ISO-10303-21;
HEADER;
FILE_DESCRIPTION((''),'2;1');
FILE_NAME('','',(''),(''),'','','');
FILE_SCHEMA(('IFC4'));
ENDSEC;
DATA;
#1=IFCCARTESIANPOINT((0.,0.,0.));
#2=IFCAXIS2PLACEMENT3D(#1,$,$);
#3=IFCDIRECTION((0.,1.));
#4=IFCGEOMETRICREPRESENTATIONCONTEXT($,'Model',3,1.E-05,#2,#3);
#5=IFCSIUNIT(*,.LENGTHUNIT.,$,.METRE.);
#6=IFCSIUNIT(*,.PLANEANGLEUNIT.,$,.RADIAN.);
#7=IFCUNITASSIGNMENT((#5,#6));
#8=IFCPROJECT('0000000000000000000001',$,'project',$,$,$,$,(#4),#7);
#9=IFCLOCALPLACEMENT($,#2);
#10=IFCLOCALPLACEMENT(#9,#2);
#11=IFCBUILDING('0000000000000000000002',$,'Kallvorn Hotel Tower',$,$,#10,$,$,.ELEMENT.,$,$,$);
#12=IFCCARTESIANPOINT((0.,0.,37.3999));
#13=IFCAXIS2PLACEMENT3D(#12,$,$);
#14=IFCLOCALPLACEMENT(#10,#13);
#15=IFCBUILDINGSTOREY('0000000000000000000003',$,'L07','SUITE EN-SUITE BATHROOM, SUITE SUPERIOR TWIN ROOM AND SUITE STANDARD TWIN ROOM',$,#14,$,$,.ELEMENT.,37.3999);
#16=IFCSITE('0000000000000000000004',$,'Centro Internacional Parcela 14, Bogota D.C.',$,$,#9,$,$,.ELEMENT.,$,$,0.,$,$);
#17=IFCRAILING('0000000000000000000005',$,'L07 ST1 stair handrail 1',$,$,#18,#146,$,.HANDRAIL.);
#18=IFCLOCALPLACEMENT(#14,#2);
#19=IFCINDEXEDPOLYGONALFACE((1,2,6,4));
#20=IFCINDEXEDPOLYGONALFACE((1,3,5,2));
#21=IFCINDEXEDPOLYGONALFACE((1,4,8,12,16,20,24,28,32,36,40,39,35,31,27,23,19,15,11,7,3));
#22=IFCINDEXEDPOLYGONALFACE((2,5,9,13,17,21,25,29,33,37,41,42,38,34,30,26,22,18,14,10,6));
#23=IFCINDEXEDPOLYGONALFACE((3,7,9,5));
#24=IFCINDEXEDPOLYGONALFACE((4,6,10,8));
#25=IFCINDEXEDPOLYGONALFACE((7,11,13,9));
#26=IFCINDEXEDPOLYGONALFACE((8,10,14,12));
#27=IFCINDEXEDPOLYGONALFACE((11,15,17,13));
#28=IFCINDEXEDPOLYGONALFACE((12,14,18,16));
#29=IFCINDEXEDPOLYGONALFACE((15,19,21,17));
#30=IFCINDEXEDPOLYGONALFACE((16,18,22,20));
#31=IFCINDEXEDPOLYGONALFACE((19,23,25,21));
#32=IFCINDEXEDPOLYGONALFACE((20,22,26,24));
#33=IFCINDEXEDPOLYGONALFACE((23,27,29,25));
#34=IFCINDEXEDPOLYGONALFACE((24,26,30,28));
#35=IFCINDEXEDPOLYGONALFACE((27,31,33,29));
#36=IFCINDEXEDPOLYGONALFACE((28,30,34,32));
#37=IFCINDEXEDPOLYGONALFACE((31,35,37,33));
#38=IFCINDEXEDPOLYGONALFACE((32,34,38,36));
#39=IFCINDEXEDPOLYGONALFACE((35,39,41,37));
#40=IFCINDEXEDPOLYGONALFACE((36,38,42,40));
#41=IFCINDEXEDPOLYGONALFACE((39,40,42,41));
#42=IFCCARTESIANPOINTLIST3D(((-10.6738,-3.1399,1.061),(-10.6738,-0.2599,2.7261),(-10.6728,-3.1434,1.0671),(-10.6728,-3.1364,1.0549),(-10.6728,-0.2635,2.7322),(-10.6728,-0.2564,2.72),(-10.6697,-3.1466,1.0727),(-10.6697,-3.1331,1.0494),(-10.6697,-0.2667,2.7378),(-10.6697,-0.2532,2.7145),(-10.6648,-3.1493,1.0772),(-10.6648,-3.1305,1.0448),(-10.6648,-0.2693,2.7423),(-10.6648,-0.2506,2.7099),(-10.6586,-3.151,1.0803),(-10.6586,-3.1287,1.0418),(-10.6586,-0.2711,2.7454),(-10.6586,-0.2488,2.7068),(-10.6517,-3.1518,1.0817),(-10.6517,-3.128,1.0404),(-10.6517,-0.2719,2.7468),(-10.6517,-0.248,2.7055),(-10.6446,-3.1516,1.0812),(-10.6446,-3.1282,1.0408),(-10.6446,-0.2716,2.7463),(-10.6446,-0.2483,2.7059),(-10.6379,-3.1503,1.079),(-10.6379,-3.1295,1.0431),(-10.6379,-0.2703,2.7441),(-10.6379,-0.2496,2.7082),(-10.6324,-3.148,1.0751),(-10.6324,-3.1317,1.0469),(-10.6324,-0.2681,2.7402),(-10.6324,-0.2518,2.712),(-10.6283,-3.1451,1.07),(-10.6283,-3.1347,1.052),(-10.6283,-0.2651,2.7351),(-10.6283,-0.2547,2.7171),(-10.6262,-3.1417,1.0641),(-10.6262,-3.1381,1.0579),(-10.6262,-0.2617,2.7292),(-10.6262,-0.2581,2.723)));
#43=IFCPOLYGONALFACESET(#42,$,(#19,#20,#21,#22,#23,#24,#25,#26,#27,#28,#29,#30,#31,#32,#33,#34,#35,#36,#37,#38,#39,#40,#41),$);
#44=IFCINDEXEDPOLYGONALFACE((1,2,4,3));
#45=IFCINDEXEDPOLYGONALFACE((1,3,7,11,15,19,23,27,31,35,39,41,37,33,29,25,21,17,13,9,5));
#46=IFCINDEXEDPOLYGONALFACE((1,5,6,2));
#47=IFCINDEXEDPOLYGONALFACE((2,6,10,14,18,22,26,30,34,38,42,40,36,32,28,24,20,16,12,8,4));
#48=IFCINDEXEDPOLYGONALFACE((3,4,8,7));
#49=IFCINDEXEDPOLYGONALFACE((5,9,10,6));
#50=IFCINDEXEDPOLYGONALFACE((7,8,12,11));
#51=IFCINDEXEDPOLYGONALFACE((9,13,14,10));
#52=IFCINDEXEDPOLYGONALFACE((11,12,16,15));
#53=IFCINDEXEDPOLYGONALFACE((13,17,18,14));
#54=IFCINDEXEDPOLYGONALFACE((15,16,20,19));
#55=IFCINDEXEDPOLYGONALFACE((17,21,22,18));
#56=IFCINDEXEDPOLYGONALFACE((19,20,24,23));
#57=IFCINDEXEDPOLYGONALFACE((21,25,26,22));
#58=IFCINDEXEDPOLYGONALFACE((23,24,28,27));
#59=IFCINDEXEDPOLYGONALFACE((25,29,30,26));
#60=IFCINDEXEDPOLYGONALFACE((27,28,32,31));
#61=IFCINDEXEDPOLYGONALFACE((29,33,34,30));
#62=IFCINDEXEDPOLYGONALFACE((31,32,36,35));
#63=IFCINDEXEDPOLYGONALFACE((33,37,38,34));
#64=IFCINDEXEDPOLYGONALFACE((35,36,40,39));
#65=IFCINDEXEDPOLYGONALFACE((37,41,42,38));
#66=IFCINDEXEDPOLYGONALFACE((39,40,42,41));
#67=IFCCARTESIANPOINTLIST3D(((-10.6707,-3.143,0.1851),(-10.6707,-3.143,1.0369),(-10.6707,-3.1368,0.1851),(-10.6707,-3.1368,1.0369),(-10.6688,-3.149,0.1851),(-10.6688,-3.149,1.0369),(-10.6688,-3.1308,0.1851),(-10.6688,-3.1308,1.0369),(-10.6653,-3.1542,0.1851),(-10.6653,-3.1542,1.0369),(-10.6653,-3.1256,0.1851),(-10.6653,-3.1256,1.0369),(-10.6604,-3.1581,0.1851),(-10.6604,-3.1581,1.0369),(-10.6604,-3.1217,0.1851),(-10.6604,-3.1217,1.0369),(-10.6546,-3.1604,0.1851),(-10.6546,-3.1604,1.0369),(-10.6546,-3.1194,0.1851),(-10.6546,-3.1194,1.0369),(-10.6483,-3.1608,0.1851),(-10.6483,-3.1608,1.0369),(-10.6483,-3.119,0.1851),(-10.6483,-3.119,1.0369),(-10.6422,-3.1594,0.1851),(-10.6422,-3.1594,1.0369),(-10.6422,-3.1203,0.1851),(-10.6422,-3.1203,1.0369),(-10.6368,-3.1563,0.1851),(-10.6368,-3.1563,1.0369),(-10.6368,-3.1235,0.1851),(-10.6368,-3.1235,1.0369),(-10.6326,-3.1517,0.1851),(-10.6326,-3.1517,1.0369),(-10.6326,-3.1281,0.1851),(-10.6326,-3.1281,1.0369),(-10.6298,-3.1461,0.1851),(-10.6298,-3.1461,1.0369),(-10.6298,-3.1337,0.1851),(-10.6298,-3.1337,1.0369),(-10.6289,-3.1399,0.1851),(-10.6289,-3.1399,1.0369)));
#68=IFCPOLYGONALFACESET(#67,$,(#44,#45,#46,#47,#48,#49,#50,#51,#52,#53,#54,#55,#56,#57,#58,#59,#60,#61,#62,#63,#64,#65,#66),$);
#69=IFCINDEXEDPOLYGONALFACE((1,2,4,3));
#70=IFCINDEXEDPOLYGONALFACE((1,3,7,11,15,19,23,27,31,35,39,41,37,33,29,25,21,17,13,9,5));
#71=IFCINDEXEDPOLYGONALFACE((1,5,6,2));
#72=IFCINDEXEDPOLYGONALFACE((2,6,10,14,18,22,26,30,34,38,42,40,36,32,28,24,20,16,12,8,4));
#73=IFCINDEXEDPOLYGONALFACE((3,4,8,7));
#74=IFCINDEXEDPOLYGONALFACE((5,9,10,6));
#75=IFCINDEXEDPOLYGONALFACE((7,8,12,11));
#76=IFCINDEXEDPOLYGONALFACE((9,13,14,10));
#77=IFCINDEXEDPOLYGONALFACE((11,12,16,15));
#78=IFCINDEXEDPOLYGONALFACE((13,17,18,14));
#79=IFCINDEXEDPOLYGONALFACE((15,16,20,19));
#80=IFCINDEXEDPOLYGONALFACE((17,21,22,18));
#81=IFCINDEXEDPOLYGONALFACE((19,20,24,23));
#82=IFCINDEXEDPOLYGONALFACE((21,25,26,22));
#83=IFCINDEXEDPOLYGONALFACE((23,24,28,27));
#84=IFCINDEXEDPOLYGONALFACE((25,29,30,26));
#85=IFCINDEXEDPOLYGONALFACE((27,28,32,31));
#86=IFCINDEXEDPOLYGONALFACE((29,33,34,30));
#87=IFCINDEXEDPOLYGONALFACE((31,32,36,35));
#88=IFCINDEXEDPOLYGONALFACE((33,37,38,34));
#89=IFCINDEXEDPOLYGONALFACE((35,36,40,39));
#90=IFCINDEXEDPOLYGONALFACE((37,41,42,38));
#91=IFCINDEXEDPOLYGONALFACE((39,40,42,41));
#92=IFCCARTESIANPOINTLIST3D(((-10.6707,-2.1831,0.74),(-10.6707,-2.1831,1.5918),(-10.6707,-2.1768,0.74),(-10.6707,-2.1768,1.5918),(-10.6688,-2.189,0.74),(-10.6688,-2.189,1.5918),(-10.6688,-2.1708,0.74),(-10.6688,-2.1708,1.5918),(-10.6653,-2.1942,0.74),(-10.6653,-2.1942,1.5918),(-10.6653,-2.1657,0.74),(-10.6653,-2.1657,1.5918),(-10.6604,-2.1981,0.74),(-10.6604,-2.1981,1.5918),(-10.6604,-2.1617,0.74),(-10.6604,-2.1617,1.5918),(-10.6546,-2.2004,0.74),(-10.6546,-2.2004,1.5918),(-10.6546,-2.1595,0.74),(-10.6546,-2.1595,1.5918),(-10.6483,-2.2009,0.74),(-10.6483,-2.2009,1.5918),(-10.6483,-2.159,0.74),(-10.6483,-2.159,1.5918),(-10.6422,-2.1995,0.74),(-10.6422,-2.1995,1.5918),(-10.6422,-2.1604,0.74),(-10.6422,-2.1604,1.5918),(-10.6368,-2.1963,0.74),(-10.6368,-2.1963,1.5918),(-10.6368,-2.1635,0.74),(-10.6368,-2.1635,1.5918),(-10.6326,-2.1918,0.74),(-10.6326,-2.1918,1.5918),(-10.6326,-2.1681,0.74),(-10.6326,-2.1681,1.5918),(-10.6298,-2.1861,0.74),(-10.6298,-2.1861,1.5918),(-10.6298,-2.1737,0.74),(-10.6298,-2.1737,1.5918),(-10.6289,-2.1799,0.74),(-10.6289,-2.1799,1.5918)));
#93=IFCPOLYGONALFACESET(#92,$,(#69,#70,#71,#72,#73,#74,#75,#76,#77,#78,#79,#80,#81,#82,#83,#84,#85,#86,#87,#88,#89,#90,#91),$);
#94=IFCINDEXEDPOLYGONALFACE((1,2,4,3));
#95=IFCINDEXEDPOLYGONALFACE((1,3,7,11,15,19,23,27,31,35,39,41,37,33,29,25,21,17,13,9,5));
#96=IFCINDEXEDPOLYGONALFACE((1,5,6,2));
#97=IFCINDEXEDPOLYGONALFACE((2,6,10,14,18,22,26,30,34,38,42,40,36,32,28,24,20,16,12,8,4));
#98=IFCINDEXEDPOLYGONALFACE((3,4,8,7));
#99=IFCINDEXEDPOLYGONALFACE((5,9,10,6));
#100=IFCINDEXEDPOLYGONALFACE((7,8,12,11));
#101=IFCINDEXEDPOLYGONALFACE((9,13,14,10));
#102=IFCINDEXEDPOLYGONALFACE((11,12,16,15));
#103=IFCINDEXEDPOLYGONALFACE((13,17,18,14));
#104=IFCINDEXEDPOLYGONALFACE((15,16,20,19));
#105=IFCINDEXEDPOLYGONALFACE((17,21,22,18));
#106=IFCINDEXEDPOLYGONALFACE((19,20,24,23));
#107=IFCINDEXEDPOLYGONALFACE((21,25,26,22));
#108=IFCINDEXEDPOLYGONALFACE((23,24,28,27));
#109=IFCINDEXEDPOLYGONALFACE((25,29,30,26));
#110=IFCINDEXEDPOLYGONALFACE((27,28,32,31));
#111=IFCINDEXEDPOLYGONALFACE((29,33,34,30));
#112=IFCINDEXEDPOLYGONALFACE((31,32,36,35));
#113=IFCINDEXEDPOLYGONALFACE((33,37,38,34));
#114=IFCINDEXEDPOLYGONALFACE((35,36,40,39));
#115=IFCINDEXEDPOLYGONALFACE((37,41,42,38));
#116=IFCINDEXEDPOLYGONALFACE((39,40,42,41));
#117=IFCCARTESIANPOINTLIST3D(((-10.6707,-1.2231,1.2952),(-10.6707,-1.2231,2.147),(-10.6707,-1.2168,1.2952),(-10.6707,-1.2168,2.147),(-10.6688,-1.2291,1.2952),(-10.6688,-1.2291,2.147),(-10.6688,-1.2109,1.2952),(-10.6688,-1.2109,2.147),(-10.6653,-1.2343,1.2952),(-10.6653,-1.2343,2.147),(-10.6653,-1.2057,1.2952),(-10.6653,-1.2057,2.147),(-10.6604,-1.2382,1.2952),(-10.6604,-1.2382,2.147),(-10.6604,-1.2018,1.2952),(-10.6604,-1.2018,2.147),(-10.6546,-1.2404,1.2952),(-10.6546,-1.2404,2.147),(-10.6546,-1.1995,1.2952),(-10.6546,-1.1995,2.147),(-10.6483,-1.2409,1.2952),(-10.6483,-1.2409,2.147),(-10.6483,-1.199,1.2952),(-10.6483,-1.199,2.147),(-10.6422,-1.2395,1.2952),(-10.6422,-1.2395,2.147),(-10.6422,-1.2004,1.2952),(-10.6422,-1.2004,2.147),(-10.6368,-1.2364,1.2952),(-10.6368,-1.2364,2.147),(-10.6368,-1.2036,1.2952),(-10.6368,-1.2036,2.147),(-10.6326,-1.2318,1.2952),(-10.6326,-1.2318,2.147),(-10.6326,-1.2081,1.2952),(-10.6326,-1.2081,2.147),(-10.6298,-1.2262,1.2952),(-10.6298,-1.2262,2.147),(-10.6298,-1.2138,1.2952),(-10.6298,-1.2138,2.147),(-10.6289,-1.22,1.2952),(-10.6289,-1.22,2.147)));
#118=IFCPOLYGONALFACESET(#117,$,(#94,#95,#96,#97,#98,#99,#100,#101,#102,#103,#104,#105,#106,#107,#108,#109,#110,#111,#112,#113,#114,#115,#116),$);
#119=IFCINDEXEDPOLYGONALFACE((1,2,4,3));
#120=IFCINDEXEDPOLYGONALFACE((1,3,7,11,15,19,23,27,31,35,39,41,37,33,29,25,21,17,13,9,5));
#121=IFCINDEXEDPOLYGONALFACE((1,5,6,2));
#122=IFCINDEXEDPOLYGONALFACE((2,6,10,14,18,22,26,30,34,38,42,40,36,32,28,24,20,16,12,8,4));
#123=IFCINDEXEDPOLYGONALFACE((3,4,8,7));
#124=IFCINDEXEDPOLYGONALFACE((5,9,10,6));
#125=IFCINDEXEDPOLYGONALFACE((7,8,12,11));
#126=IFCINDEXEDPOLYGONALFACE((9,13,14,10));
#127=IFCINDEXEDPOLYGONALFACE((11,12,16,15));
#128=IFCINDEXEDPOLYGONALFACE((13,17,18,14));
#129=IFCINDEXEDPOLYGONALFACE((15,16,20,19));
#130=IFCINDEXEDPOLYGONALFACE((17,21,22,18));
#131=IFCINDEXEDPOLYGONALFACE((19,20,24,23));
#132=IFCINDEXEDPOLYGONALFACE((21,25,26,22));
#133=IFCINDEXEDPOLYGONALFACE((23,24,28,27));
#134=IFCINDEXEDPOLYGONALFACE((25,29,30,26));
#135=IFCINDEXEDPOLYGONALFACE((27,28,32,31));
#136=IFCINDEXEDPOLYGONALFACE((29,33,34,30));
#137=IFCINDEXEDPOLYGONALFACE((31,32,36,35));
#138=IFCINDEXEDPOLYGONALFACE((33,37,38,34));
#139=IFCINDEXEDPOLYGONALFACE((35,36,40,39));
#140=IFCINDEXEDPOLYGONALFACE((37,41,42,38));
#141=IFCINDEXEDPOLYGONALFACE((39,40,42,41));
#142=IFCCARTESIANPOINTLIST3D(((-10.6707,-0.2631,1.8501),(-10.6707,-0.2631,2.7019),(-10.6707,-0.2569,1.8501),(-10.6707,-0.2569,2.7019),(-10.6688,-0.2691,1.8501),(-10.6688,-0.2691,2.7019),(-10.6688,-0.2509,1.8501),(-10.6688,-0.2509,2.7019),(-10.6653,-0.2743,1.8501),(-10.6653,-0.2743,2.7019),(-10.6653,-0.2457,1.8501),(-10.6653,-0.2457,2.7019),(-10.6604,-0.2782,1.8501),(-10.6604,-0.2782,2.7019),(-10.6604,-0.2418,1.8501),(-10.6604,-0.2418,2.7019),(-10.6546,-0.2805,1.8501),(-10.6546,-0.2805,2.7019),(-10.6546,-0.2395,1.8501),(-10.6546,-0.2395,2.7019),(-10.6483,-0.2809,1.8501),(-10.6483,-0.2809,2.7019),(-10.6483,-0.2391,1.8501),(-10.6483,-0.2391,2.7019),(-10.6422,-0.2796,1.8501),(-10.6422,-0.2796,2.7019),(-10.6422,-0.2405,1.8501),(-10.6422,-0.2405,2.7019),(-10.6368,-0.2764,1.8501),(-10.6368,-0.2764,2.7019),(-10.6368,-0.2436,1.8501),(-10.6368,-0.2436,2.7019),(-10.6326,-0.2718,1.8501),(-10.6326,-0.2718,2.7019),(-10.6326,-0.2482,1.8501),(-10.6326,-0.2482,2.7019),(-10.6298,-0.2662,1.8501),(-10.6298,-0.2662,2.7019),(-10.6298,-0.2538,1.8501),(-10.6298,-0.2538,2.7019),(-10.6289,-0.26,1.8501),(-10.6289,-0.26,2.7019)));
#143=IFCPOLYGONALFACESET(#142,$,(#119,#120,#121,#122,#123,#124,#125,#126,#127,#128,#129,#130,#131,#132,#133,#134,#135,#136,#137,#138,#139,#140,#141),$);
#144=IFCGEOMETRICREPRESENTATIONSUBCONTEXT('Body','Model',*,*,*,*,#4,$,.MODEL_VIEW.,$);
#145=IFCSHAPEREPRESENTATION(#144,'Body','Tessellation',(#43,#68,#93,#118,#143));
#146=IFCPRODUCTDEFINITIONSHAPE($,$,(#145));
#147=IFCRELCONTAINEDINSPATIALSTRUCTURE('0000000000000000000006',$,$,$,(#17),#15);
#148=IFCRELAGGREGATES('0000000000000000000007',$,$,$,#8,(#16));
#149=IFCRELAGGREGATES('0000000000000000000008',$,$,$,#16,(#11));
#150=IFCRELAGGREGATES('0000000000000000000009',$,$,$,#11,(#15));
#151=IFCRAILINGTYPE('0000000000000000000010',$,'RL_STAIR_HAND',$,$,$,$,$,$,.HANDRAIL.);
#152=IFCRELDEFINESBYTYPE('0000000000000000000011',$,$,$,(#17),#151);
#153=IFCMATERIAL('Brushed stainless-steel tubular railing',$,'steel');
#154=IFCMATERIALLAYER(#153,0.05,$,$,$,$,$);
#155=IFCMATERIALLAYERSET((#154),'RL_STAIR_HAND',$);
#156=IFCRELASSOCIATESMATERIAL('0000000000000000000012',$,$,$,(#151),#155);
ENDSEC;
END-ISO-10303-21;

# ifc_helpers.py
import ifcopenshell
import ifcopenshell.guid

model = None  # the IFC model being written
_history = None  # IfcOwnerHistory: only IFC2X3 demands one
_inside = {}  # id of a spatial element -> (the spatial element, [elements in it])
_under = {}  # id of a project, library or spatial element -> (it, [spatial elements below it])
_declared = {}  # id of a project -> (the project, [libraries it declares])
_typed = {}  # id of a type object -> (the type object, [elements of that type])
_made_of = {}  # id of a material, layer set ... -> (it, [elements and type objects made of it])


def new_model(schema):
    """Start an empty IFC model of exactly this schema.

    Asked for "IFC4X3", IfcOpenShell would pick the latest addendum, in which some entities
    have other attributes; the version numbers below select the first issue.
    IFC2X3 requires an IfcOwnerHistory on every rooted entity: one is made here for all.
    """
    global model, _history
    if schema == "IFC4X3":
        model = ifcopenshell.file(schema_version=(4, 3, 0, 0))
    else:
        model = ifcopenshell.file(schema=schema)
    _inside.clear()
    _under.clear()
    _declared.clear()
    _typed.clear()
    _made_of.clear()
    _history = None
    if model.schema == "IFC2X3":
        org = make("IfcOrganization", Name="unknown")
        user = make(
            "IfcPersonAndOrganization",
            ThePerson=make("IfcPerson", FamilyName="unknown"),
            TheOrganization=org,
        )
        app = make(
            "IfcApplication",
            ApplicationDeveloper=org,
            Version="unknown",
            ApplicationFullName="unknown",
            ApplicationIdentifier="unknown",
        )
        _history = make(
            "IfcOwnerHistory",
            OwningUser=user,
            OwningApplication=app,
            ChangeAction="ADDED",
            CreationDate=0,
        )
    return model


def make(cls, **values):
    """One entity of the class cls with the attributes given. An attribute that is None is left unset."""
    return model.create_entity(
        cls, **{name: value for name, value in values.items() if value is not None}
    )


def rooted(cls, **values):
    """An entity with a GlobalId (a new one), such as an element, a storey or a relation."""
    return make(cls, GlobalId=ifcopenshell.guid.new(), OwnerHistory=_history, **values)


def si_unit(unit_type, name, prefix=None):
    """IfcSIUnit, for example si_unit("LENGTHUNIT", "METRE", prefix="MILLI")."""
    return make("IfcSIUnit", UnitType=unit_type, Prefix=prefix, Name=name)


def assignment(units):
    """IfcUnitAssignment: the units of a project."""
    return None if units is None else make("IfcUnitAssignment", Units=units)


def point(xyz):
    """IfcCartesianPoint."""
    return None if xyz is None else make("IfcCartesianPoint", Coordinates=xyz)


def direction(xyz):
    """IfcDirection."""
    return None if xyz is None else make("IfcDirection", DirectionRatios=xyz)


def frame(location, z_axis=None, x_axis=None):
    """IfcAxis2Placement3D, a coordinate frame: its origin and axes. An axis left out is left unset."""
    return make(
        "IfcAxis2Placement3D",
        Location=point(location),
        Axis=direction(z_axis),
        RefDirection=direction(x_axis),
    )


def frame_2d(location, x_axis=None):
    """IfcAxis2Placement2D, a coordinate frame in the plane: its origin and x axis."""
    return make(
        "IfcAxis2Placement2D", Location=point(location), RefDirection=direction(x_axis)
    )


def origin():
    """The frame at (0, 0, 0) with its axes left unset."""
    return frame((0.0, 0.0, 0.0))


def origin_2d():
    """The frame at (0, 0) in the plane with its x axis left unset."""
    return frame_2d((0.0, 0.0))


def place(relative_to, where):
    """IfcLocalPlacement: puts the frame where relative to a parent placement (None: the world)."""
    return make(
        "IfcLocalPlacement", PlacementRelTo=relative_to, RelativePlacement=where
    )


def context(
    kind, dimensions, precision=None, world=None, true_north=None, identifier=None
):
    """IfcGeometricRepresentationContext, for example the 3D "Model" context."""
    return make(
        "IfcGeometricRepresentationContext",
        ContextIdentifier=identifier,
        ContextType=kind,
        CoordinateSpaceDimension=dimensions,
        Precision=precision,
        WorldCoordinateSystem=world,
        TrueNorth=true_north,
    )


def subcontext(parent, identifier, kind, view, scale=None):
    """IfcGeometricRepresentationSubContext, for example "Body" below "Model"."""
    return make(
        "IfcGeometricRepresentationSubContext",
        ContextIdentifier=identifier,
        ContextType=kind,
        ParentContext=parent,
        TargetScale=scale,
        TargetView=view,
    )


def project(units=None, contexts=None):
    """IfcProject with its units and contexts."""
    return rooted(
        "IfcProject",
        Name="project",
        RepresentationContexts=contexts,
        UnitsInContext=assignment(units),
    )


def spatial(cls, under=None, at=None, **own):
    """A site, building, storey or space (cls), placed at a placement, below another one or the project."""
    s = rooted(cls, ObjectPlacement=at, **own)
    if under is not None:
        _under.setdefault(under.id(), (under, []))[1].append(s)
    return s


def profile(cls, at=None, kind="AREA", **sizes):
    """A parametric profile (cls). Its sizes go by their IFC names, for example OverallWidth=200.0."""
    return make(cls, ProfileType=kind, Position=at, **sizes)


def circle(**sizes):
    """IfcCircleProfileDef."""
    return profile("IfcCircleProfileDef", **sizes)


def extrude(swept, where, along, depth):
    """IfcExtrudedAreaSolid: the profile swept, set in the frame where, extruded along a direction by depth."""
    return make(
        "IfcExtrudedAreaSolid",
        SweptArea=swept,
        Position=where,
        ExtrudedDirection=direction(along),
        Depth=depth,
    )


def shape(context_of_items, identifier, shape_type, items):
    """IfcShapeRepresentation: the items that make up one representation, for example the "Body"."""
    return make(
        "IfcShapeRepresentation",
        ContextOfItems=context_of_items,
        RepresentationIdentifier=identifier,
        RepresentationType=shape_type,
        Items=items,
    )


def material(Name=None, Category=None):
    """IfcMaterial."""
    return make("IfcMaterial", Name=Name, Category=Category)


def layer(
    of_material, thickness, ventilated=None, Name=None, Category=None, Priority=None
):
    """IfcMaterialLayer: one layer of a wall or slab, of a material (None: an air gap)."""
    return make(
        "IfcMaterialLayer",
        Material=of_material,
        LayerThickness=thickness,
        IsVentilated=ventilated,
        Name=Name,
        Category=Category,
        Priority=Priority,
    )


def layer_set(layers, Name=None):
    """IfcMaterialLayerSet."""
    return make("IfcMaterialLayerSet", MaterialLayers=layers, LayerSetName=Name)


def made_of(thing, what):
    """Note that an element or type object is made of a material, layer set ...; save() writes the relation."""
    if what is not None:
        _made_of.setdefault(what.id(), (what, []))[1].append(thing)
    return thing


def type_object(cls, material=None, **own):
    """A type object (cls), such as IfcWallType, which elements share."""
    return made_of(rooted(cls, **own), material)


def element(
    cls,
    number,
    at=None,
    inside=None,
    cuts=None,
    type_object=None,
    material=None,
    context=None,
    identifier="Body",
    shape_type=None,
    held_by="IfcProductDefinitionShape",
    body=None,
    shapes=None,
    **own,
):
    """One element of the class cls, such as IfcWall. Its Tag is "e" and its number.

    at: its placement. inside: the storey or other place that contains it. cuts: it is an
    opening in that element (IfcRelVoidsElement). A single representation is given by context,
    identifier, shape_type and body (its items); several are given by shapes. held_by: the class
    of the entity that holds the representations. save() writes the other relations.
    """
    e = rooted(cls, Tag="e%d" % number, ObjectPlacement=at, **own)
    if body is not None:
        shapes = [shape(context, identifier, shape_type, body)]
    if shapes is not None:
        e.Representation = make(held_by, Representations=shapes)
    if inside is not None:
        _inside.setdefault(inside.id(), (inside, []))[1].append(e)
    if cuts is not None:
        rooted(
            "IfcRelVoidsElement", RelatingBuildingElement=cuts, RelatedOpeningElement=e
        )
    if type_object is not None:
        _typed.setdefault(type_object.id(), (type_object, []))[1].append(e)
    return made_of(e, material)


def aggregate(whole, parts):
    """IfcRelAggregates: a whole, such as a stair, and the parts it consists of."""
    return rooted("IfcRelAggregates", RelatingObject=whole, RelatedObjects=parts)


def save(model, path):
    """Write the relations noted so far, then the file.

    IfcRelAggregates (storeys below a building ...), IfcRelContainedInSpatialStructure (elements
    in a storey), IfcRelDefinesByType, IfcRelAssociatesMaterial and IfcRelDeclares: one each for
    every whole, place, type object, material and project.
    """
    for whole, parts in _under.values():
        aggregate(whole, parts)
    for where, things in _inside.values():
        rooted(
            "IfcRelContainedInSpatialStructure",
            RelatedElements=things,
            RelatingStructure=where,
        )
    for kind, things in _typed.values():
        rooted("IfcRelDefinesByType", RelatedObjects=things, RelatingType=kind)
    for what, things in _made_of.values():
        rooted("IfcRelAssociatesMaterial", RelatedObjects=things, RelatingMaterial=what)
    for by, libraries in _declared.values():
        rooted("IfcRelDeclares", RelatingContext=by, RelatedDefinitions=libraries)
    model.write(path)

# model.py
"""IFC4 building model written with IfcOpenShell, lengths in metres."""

from ifc_helpers import new_model, si_unit, direction, frame, origin, origin_2d, place, context, subcontext, project, spatial, circle, extrude, material, layer, layer_set, type_object, element, save


model = new_model("IFC4")

# Units and contexts
model_context = context("Model", 3, precision=1e-05, world=origin(), true_north=direction((0.0, 1.0)))
body_context = subcontext(model_context, "Body", "Model", "MODEL_VIEW")
ifc_project = project(units=[si_unit("LENGTHUNIT", "METRE"), si_unit("PLANEANGLEUNIT", "RADIAN")], contexts=[model_context])

# Site, building, storey
site_placement = place(None, origin())
site = spatial("IfcSite", under=ifc_project, at=site_placement, Name="Centro Internacional Parcela 14, Bogota D.C.", CompositionType="ELEMENT", RefElevation=0.0)
building_placement = place(site_placement, origin())
building = spatial("IfcBuilding", under=site, at=building_placement, Name="Kallvorn Hotel Tower", CompositionType="ELEMENT")
storey_placement = place(building_placement, frame((0.0, 0.0, 37.3999)))
storey = spatial("IfcBuildingStorey", under=building, at=storey_placement, Name="L07", Description="SUITE EN-SUITE BATHROOM, SUITE SUPERIOR TWIN ROOM AND SUITE STANDARD TWIN ROOM", CompositionType="ELEMENT", Elevation=37.3999)

# Railing
ifc_material_1 = material(Name="Brushed stainless-steel tubular railing", Category="steel")
ifc_layer_1 = layer(ifc_material_1, 0.05)
ifc_layer_set_1 = layer_set([ifc_layer_1], Name="RL_STAIR_HAND")
railing_type = type_object("IfcRailingType", Name="RL_STAIR_HAND", PredefinedType="HANDRAIL", material=ifc_layer_set_1)
railing_placement = place(storey_placement, frame((-10.6499, -3.1399, 0.1851)))
element("IfcRailing", 1, at=railing_placement, inside=storey, type_object=railing_type, Name="L07 ST1 stair handrail 1", PredefinedType="HANDRAIL", context=body_context, shape_type="SweptSolid", body=[
    extrude(circle(Radius=0.0239, at=origin_2d()), frame((0.0, 0.0, 0.876), z_axis=(0.0, 0.865721, 0.500527), x_axis=(-1.0, 0.0, 0.0)), (0.0, 0.0, 1.0), 3.3267),
    extrude(circle(Radius=0.021, at=origin_2d()), origin(), (0.0, 0.0, 1.0), 0.8518),
    extrude(circle(Radius=0.021, at=origin_2d()), frame((0.0, 0.96, 0.5549)), (0.0, 0.0, 1.0), 0.8518),
    extrude(circle(Radius=0.021, at=origin_2d()), frame((0.0, 1.9199, 1.1101)), (0.0, 0.0, 1.0), 0.8518),
    extrude(circle(Radius=0.021, at=origin_2d()), frame((0.0, 2.8799, 1.665)), (0.0, 0.0, 1.0), 0.8518),
])

save(model, "model.ifc")
